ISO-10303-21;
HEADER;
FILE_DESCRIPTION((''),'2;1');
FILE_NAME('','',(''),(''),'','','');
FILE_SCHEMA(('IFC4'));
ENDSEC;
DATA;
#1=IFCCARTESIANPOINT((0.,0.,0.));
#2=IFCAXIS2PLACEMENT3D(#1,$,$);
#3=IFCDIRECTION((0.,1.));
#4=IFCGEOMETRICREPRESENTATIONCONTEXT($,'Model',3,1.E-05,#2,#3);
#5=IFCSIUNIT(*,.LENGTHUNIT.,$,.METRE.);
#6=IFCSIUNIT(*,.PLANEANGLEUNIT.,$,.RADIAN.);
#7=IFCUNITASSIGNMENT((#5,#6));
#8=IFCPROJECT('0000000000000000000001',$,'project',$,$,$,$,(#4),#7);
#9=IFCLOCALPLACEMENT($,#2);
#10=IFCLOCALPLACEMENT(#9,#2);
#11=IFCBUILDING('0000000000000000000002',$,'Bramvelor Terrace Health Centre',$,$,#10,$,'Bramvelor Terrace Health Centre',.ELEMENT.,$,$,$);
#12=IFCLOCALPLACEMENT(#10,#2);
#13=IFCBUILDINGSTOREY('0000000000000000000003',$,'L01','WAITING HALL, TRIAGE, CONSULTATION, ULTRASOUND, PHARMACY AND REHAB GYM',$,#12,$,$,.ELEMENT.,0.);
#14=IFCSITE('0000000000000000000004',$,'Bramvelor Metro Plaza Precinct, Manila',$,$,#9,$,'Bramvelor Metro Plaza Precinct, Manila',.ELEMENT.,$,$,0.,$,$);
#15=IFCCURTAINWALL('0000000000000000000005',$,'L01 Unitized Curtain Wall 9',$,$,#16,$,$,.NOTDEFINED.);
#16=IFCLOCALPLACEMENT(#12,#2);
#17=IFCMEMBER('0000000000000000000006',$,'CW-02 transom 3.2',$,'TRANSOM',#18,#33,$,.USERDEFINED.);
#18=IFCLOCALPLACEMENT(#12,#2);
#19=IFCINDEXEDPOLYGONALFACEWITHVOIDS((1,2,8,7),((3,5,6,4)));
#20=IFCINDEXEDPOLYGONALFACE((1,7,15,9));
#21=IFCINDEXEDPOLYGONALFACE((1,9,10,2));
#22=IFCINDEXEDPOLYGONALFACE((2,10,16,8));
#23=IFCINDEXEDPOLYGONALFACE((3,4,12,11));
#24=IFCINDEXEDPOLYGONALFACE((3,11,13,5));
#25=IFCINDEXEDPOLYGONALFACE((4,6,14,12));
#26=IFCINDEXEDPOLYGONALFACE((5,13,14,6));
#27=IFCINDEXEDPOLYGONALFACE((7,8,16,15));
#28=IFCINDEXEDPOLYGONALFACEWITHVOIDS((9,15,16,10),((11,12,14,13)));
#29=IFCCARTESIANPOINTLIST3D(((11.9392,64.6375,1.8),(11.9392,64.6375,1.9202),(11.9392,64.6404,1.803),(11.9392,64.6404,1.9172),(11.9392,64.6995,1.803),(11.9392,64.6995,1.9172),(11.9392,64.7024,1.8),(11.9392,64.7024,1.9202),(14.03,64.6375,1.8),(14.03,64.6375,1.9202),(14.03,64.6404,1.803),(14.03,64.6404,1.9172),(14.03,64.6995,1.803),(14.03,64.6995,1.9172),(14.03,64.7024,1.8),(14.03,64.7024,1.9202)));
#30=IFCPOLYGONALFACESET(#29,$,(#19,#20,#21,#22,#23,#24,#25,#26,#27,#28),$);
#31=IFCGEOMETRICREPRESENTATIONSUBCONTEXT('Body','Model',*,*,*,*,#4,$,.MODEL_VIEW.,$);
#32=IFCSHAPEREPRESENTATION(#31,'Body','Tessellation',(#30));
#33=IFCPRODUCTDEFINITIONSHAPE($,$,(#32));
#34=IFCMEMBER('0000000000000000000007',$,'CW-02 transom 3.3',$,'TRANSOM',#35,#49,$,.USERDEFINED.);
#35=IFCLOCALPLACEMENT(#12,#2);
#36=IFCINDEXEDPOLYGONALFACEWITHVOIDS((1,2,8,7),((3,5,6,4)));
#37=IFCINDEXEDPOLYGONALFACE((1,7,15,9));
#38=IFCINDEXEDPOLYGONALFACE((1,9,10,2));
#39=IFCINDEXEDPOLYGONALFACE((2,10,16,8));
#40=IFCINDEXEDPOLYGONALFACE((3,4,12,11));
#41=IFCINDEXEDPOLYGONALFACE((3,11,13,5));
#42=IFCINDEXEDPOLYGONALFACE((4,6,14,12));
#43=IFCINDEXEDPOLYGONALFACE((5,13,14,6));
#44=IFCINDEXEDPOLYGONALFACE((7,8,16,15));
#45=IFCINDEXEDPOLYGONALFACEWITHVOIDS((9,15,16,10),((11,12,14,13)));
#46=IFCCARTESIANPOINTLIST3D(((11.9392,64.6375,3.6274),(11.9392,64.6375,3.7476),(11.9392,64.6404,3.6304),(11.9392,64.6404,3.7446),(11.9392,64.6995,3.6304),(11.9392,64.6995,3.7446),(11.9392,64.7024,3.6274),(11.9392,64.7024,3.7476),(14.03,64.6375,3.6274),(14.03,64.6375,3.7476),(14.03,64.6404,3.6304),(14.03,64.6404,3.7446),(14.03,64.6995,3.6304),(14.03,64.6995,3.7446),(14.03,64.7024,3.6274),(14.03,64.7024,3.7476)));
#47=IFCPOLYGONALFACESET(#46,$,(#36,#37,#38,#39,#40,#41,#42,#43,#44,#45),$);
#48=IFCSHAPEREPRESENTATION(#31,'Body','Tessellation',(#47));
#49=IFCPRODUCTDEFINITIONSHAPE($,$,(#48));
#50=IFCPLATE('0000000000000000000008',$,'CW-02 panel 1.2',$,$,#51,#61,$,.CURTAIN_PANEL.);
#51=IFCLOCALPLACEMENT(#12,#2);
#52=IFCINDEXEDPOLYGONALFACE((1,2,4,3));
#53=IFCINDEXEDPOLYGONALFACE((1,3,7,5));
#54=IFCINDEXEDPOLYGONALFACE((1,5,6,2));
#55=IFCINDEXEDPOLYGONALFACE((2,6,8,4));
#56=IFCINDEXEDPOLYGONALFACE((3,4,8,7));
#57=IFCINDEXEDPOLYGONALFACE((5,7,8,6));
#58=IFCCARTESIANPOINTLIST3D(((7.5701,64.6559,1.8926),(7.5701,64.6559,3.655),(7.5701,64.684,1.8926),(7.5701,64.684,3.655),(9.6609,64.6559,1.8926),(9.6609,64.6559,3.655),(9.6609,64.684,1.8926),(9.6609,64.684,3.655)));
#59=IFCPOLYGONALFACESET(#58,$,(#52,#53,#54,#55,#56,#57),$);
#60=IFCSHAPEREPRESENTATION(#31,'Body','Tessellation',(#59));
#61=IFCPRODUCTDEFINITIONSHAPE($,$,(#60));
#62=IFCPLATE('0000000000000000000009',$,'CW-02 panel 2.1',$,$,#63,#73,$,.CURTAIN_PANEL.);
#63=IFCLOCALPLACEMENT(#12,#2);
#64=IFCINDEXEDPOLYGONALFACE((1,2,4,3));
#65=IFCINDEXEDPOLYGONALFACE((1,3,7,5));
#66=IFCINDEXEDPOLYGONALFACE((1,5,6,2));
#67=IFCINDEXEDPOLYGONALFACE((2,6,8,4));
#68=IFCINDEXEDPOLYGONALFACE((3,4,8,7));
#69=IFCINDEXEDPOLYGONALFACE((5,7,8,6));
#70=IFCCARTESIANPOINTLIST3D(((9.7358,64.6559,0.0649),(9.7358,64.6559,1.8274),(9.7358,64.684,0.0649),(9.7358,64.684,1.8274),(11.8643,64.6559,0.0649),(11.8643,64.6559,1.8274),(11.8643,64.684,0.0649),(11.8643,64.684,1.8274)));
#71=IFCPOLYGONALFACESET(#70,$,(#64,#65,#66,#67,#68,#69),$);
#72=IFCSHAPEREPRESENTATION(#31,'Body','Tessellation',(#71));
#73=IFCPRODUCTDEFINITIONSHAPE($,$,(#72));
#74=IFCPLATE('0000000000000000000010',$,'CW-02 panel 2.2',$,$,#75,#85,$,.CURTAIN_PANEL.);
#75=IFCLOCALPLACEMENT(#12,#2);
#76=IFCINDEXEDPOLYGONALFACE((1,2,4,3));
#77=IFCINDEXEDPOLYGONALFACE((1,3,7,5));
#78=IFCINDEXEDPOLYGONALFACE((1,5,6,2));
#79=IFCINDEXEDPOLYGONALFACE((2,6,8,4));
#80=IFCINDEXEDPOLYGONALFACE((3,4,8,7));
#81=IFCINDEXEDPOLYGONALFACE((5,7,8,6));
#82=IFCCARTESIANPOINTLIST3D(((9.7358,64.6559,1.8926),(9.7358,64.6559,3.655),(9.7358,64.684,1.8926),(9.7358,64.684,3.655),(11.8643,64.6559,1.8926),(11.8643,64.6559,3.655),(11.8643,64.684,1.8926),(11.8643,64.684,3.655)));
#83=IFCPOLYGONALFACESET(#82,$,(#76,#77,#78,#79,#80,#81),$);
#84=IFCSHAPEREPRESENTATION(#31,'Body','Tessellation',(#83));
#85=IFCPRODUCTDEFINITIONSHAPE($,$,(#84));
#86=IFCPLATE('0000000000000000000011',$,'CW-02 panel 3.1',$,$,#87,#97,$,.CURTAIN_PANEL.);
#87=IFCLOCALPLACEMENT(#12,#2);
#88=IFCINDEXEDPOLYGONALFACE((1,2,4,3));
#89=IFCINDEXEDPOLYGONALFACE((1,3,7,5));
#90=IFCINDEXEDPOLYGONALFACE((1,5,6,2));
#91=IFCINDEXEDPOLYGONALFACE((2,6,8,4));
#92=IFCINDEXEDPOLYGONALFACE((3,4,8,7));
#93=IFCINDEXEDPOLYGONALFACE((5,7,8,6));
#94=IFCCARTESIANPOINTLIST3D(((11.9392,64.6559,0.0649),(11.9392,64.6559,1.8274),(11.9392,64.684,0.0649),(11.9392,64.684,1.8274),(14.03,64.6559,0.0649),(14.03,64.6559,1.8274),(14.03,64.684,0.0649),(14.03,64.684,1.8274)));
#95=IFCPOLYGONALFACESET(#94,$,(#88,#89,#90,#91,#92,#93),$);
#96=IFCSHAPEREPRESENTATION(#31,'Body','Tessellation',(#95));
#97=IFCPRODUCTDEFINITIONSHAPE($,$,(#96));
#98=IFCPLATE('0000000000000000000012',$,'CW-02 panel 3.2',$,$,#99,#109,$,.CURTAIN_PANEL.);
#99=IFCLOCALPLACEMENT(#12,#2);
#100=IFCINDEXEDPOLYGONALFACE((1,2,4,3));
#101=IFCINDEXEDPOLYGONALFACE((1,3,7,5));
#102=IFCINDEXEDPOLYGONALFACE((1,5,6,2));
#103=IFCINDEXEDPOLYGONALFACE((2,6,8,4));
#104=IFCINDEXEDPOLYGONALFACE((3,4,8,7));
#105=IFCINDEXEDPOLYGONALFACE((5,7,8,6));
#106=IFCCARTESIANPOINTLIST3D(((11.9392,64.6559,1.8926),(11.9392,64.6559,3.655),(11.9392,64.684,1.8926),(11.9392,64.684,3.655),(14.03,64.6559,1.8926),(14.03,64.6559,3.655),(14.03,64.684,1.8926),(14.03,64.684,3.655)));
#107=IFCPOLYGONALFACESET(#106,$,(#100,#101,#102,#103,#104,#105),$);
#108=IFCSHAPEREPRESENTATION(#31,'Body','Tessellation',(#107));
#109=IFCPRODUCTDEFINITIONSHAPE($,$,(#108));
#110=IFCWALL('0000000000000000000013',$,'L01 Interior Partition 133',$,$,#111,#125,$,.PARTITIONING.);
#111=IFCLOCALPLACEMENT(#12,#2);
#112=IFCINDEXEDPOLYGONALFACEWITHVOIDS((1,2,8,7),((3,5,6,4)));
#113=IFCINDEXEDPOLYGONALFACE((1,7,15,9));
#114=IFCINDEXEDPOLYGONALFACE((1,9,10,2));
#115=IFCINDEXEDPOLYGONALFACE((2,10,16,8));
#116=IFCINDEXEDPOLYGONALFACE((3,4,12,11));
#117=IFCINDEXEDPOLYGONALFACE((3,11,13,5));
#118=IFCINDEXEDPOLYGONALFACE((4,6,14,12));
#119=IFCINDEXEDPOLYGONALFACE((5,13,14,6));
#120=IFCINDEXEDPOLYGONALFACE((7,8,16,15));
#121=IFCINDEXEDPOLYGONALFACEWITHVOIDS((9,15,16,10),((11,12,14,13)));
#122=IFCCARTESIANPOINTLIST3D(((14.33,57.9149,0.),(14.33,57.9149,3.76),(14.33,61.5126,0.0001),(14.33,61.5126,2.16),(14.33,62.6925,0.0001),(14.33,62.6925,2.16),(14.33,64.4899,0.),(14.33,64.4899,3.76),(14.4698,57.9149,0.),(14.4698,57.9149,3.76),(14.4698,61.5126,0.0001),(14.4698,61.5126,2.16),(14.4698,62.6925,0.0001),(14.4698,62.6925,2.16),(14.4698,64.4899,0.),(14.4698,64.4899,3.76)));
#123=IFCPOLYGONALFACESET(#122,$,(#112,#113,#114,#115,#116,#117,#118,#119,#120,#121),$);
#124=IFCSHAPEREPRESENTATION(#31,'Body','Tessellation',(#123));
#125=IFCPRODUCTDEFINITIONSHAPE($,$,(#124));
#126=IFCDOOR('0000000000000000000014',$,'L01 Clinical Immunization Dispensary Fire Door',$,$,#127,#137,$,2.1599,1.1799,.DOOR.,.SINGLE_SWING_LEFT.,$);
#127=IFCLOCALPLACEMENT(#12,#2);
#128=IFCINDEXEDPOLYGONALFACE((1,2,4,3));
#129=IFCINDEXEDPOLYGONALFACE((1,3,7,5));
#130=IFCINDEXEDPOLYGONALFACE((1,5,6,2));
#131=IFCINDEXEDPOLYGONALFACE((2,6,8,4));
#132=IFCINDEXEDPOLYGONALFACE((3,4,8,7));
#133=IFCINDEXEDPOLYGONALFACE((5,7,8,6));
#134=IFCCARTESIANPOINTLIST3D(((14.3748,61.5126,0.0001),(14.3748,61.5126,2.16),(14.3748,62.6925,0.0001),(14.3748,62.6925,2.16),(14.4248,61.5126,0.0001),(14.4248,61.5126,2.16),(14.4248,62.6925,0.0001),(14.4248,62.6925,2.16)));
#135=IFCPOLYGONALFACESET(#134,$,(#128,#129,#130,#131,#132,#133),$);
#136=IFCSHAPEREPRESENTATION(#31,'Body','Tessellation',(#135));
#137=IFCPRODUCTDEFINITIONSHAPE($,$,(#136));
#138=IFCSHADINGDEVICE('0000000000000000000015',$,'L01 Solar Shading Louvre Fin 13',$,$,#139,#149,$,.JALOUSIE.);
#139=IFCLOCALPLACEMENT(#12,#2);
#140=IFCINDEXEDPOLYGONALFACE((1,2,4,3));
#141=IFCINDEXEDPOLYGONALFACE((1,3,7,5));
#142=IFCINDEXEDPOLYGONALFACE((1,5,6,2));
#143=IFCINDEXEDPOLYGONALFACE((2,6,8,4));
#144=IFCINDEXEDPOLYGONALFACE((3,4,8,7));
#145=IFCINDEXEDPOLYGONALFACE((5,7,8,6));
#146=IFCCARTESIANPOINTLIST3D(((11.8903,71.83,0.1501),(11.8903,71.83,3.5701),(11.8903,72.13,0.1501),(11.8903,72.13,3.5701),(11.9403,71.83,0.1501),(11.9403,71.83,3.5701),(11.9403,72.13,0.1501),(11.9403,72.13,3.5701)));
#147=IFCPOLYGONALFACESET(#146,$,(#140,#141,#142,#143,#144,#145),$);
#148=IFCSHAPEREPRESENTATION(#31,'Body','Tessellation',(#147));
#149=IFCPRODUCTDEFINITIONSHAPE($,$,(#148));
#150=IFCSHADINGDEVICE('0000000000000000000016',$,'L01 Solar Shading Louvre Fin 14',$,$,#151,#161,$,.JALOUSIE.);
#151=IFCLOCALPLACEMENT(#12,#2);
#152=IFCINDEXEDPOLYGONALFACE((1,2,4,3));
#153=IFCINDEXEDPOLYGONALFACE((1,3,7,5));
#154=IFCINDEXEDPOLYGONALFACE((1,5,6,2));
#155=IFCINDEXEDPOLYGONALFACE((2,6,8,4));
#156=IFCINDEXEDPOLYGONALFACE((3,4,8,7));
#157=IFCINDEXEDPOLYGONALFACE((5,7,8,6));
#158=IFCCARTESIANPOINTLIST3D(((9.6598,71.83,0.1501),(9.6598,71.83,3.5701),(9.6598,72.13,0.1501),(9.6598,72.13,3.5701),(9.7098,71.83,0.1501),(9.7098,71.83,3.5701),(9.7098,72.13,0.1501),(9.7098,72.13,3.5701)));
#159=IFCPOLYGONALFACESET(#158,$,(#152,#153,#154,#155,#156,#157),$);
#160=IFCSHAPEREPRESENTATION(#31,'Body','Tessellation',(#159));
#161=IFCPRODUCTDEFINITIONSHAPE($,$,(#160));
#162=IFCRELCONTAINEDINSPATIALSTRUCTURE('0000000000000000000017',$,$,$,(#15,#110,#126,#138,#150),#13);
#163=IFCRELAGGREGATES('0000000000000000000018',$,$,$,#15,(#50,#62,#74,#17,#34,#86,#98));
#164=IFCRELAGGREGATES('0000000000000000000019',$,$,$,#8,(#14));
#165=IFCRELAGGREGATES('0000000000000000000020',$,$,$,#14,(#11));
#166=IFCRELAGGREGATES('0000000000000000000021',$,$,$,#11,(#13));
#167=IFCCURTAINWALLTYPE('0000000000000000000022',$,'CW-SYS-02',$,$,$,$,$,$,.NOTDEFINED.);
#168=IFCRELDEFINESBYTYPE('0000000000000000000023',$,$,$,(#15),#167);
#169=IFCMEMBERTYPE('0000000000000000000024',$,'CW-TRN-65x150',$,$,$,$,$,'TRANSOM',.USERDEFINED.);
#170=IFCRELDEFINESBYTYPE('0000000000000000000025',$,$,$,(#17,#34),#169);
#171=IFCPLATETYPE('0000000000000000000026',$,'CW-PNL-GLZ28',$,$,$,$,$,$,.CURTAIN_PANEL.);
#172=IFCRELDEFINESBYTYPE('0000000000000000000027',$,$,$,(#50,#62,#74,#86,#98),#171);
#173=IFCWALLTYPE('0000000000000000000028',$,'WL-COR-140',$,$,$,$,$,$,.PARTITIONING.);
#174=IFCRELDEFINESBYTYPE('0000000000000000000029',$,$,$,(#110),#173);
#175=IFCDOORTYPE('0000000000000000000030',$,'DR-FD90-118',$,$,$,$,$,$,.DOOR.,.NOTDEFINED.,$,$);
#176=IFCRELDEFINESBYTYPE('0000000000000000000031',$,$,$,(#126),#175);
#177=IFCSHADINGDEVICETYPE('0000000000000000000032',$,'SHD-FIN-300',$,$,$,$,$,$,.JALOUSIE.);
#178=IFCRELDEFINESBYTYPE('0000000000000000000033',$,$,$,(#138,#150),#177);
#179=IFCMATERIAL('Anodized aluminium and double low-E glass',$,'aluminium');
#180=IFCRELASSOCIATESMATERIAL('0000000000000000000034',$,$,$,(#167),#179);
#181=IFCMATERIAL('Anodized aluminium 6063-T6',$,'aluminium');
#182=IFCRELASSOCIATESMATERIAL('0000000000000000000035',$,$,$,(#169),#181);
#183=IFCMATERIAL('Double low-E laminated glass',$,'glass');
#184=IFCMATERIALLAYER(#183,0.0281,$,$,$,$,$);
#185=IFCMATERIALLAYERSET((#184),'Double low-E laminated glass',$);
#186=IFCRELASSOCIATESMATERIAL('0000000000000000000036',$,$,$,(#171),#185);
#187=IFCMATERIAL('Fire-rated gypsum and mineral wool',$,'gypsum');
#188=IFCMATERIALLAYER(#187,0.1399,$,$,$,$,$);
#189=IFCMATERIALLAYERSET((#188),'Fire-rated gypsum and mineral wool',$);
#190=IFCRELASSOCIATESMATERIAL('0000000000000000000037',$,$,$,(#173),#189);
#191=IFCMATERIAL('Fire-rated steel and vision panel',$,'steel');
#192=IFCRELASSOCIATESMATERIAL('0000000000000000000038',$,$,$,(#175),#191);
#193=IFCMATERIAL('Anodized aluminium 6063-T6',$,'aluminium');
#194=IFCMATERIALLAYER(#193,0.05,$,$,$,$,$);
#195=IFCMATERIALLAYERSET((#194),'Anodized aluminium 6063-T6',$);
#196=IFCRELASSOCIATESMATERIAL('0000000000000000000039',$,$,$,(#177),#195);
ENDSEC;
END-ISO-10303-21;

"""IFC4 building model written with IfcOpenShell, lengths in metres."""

from ifc_helpers import new_model, si_unit, direction, frame, frame_2d, origin, origin_2d, place, context, subcontext, project, spatial, rectangle, hollow_rectangle, extrude, material, layer, layer_set, material_profile, profile_set, type_object, element, fill, aggregate, save


model = new_model("IFC4")

# Units and contexts
model_context = context("Model", 3, precision=1e-05, world=origin(), true_north=direction((0.0, 1.0)))
body_context = subcontext(model_context, "Body", "Model", "MODEL_VIEW")
ifc_project = project(units=[si_unit("LENGTHUNIT", "METRE"), si_unit("PLANEANGLEUNIT", "RADIAN")], contexts=[model_context])

# Site, building, storey
site_placement = place(None, origin())
site = spatial("IfcSite", under=ifc_project, at=site_placement, Name="Bramvelor Metro Plaza Precinct, Manila", LongName="Bramvelor Metro Plaza Precinct, Manila", CompositionType="ELEMENT", RefElevation=0.0)
building_placement = place(site_placement, origin())
building = spatial("IfcBuilding", under=site, at=building_placement, Name="Bramvelor Terrace Health Centre", LongName="Bramvelor Terrace Health Centre", CompositionType="ELEMENT")
storey_placement = place(building_placement, origin())
storey = spatial("IfcBuildingStorey", under=building, at=storey_placement, Name="L01", Description="WAITING HALL, TRIAGE, CONSULTATION, ULTRASOUND, PHARMACY AND REHAB GYM", CompositionType="ELEMENT", Elevation=0.0)

# Curtain wall, members, plates
ifc_material_1 = material(Name="Anodized aluminium and double low-E glass", Category="aluminium")
curtain_wall_type = type_object("IfcCurtainWallType", Name="CW-SYS-02", PredefinedType="NOTDEFINED", material=ifc_material_1)
curtain_wall_placement = place(storey_placement, origin())
curtain_wall = element("IfcCurtainWall", 1, at=curtain_wall_placement, inside=storey, type_object=curtain_wall_type, Name="L01 Unitized Curtain Wall 9", PredefinedType="NOTDEFINED")
ifc_material_2 = material(Name="Anodized aluminium 6063-T6", Category="aluminium")
ifc_material_profile_1 = material_profile(ifc_material_2, hollow_rectangle(XDim=0.0649, YDim=0.1201, WallThickness=0.0029, at=origin_2d()), Name="ALU-TRN 65x120x3.0")
ifc_profile_set_1 = profile_set([ifc_material_profile_1], Name="Anodized aluminium 6063-T6")
member_type_1 = type_object("IfcMemberType", Name="CW-TRN-65x150", ElementType="TRANSOM", PredefinedType="USERDEFINED", material=ifc_profile_set_1)
member_1_placement = place(storey_placement, frame((11.9392, 64.6699, 1.8601), z_axis=(1.0, 0.0, 0.0), x_axis=(0.0, 1.0, 0.0)))
member_1 = element("IfcMember", 2, at=member_1_placement, type_object=member_type_1, Name="CW-02 transom 3.2", ObjectType="TRANSOM", PredefinedType="USERDEFINED", context=body_context, shape_type="SweptSolid", body=[
    extrude(hollow_rectangle(XDim=0.0649, YDim=0.1201, WallThickness=0.0029, at=origin_2d()), origin(), (0.0, 0.0, 1.0), 2.0908),
])
member_2_placement = place(storey_placement, frame((11.9392, 64.6699, 3.6875), z_axis=(1.0, 0.0, 0.0), x_axis=(0.0, 1.0, 0.0)))
member_2 = element("IfcMember", 3, at=member_2_placement, type_object=member_type_1, Name="CW-02 transom 3.3", ObjectType="TRANSOM", PredefinedType="USERDEFINED", context=body_context, shape_type="SweptSolid", body=[
    extrude(hollow_rectangle(XDim=0.0649, YDim=0.1201, WallThickness=0.0029, at=origin_2d()), origin(), (0.0, 0.0, 1.0), 2.0908),
])
ifc_material_3 = material(Name="Double low-E laminated glass", Category="glass")
ifc_layer_1 = layer(ifc_material_3, 0.0281)
ifc_layer_set_1 = layer_set([ifc_layer_1], Name="Double low-E laminated glass")
plate_type = type_object("IfcPlateType", Name="CW-PNL-GLZ28", PredefinedType="CURTAIN_PANEL", material=ifc_layer_set_1)
plate_1_placement = place(storey_placement, frame((8.6155, 64.6699, 1.8926), z_axis=(0.0, 0.0, 1.0), x_axis=(1.0, 0.0, 0.0)))
plate_1 = element("IfcPlate", 4, at=plate_1_placement, type_object=plate_type, Name="CW-02 panel 1.2", PredefinedType="CURTAIN_PANEL", context=body_context, shape_type="SweptSolid", body=[
    extrude(rectangle(XDim=2.0908, YDim=0.0281, at=origin_2d()), origin(), (0.0, 0.0, 1.0), 1.7625),
])
plate_2_placement = place(storey_placement, frame((10.8, 64.6699, 0.0649), z_axis=(0.0, 0.0, 1.0), x_axis=(1.0, 0.0, 0.0)))
plate_2 = element("IfcPlate", 5, at=plate_2_placement, type_object=plate_type, Name="CW-02 panel 2.1", PredefinedType="CURTAIN_PANEL", context=body_context, shape_type="SweptSolid", body=[
    extrude(rectangle(XDim=2.1284, YDim=0.0281, at=origin_2d()), origin(), (0.0, 0.0, 1.0), 1.7625),
])
plate_3_placement = place(storey_placement, frame((10.8, 64.6699, 1.8926), z_axis=(0.0, 0.0, 1.0), x_axis=(1.0, 0.0, 0.0)))
plate_3 = element("IfcPlate", 6, at=plate_3_placement, type_object=plate_type, Name="CW-02 panel 2.2", PredefinedType="CURTAIN_PANEL", context=body_context, shape_type="SweptSolid", body=[
    extrude(rectangle(XDim=2.1284, YDim=0.0281, at=origin_2d()), origin(), (0.0, 0.0, 1.0), 1.7625),
])
plate_4_placement = place(storey_placement, frame((12.9846, 64.6699, 0.0649), z_axis=(0.0, 0.0, 1.0), x_axis=(1.0, 0.0, 0.0)))
plate_4 = element("IfcPlate", 7, at=plate_4_placement, type_object=plate_type, Name="CW-02 panel 3.1", PredefinedType="CURTAIN_PANEL", context=body_context, shape_type="SweptSolid", body=[
    extrude(rectangle(XDim=2.0908, YDim=0.0281, at=origin_2d()), origin(), (0.0, 0.0, 1.0), 1.7625),
])
plate_5_placement = place(storey_placement, frame((12.9846, 64.6699, 1.8926), z_axis=(0.0, 0.0, 1.0), x_axis=(1.0, 0.0, 0.0)))
plate_5 = element("IfcPlate", 8, at=plate_5_placement, type_object=plate_type, Name="CW-02 panel 3.2", PredefinedType="CURTAIN_PANEL", context=body_context, shape_type="SweptSolid", body=[
    extrude(rectangle(XDim=2.0908, YDim=0.0281, at=origin_2d()), origin(), (0.0, 0.0, 1.0), 1.7625),
])
aggregate(curtain_wall, [plate_1, plate_2, plate_3, member_1, member_2, plate_4, plate_5])

# Wall, opening, door
ifc_material_4 = material(Name="Fire-rated gypsum and mineral wool", Category="gypsum")
ifc_layer_2 = layer(ifc_material_4, 0.1399)
ifc_layer_set_2 = layer_set([ifc_layer_2], Name="Fire-rated gypsum and mineral wool")
wall_type = type_object("IfcWallType", Name="WL-COR-140", PredefinedType="PARTITIONING", material=ifc_layer_set_2)
wall_placement = place(storey_placement, frame((14.3999, 64.49, 0.0), z_axis=(0.0, 0.0, 1.0), x_axis=(0.0, -1.0, 0.0)))
wall = element("IfcWall", 9, at=wall_placement, inside=storey, type_object=wall_type, Name="L01 Interior Partition 133", PredefinedType="PARTITIONING", context=body_context, shape_type="SweptSolid", body=[
    extrude(rectangle(XDim=6.575, YDim=0.1399, at=frame_2d((3.2876, 0.0))), origin(), (0.0, 0.0, 1.0), 3.76),
])
opening_placement = place(wall_placement, frame((1.7976, 0.0, 0.0)))
opening = element("IfcOpeningElement", 10, at=opening_placement, cuts=wall, PredefinedType="OPENING", context=body_context, shape_type="SweptSolid", body=[
    extrude(rectangle(XDim=1.1799, YDim=2.1599, at=frame_2d((0.5898, 1.0801))), frame((0.0, 0.0798, 0.0), z_axis=(0.0, -1.0, 0.0), x_axis=(1.0, 0.0, 0.0)), (0.0, 0.0, 1.0), 0.1599),
])
ifc_material_5 = material(Name="Fire-rated steel and vision panel", Category="steel")
door_type = type_object("IfcDoorType", Name="DR-FD90-118", OperationType="NOTDEFINED", PredefinedType="DOOR", material=ifc_material_5)
door_placement = place(opening_placement, origin())
door = element("IfcDoor", 11, at=door_placement, inside=storey, type_object=door_type, Name="L01 Clinical Immunization Dispensary Fire Door", OperationType="SINGLE_SWING_LEFT", OverallHeight=2.1599, OverallWidth=1.1799, PredefinedType="DOOR", context=body_context, shape_type="SweptSolid", body=[
    extrude(rectangle(XDim=1.1799, YDim=2.1599, at=frame_2d((0.5898, 1.0801))), frame((0.0, 0.0249, 0.0), z_axis=(0.0, -1.0, 0.0), x_axis=(1.0, 0.0, 0.0)), (0.0, 0.0, 1.0), 0.05),
])
fill(opening, door)

# Shading devices
ifc_material_6 = material(Name="Anodized aluminium 6063-T6", Category="aluminium")
ifc_layer_3 = layer(ifc_material_6, 0.05)
ifc_layer_set_3 = layer_set([ifc_layer_3], Name="Anodized aluminium 6063-T6")
shading_device_type = type_object("IfcShadingDeviceType", Name="SHD-FIN-300", PredefinedType="JALOUSIE", material=ifc_layer_set_3)
for number, where, z_axis, x_axis, name in (
    (12, (11.9153, 71.98, 0.1501), (0.0, 0.0, 1.0), (1.0, 0.0, 0.0), "L01 Solar Shading Louvre Fin 13"),
    (13, (9.6848, 71.98, 0.1501), (0.0, 0.0, 1.0), (1.0, 0.0, 0.0), "L01 Solar Shading Louvre Fin 14"),
):
    element("IfcShadingDevice", number, at=place(storey_placement, frame(where, z_axis=z_axis, x_axis=x_axis)), inside=storey, type_object=shading_device_type, Name=name, PredefinedType="JALOUSIE", context=body_context, shape_type="SweptSolid", body=[
        extrude(rectangle(XDim=0.05, YDim=0.3, at=origin_2d()), origin(), (0.0, 0.0, 1.0), 3.4199),
    ])

save(model, "model.ifc")
